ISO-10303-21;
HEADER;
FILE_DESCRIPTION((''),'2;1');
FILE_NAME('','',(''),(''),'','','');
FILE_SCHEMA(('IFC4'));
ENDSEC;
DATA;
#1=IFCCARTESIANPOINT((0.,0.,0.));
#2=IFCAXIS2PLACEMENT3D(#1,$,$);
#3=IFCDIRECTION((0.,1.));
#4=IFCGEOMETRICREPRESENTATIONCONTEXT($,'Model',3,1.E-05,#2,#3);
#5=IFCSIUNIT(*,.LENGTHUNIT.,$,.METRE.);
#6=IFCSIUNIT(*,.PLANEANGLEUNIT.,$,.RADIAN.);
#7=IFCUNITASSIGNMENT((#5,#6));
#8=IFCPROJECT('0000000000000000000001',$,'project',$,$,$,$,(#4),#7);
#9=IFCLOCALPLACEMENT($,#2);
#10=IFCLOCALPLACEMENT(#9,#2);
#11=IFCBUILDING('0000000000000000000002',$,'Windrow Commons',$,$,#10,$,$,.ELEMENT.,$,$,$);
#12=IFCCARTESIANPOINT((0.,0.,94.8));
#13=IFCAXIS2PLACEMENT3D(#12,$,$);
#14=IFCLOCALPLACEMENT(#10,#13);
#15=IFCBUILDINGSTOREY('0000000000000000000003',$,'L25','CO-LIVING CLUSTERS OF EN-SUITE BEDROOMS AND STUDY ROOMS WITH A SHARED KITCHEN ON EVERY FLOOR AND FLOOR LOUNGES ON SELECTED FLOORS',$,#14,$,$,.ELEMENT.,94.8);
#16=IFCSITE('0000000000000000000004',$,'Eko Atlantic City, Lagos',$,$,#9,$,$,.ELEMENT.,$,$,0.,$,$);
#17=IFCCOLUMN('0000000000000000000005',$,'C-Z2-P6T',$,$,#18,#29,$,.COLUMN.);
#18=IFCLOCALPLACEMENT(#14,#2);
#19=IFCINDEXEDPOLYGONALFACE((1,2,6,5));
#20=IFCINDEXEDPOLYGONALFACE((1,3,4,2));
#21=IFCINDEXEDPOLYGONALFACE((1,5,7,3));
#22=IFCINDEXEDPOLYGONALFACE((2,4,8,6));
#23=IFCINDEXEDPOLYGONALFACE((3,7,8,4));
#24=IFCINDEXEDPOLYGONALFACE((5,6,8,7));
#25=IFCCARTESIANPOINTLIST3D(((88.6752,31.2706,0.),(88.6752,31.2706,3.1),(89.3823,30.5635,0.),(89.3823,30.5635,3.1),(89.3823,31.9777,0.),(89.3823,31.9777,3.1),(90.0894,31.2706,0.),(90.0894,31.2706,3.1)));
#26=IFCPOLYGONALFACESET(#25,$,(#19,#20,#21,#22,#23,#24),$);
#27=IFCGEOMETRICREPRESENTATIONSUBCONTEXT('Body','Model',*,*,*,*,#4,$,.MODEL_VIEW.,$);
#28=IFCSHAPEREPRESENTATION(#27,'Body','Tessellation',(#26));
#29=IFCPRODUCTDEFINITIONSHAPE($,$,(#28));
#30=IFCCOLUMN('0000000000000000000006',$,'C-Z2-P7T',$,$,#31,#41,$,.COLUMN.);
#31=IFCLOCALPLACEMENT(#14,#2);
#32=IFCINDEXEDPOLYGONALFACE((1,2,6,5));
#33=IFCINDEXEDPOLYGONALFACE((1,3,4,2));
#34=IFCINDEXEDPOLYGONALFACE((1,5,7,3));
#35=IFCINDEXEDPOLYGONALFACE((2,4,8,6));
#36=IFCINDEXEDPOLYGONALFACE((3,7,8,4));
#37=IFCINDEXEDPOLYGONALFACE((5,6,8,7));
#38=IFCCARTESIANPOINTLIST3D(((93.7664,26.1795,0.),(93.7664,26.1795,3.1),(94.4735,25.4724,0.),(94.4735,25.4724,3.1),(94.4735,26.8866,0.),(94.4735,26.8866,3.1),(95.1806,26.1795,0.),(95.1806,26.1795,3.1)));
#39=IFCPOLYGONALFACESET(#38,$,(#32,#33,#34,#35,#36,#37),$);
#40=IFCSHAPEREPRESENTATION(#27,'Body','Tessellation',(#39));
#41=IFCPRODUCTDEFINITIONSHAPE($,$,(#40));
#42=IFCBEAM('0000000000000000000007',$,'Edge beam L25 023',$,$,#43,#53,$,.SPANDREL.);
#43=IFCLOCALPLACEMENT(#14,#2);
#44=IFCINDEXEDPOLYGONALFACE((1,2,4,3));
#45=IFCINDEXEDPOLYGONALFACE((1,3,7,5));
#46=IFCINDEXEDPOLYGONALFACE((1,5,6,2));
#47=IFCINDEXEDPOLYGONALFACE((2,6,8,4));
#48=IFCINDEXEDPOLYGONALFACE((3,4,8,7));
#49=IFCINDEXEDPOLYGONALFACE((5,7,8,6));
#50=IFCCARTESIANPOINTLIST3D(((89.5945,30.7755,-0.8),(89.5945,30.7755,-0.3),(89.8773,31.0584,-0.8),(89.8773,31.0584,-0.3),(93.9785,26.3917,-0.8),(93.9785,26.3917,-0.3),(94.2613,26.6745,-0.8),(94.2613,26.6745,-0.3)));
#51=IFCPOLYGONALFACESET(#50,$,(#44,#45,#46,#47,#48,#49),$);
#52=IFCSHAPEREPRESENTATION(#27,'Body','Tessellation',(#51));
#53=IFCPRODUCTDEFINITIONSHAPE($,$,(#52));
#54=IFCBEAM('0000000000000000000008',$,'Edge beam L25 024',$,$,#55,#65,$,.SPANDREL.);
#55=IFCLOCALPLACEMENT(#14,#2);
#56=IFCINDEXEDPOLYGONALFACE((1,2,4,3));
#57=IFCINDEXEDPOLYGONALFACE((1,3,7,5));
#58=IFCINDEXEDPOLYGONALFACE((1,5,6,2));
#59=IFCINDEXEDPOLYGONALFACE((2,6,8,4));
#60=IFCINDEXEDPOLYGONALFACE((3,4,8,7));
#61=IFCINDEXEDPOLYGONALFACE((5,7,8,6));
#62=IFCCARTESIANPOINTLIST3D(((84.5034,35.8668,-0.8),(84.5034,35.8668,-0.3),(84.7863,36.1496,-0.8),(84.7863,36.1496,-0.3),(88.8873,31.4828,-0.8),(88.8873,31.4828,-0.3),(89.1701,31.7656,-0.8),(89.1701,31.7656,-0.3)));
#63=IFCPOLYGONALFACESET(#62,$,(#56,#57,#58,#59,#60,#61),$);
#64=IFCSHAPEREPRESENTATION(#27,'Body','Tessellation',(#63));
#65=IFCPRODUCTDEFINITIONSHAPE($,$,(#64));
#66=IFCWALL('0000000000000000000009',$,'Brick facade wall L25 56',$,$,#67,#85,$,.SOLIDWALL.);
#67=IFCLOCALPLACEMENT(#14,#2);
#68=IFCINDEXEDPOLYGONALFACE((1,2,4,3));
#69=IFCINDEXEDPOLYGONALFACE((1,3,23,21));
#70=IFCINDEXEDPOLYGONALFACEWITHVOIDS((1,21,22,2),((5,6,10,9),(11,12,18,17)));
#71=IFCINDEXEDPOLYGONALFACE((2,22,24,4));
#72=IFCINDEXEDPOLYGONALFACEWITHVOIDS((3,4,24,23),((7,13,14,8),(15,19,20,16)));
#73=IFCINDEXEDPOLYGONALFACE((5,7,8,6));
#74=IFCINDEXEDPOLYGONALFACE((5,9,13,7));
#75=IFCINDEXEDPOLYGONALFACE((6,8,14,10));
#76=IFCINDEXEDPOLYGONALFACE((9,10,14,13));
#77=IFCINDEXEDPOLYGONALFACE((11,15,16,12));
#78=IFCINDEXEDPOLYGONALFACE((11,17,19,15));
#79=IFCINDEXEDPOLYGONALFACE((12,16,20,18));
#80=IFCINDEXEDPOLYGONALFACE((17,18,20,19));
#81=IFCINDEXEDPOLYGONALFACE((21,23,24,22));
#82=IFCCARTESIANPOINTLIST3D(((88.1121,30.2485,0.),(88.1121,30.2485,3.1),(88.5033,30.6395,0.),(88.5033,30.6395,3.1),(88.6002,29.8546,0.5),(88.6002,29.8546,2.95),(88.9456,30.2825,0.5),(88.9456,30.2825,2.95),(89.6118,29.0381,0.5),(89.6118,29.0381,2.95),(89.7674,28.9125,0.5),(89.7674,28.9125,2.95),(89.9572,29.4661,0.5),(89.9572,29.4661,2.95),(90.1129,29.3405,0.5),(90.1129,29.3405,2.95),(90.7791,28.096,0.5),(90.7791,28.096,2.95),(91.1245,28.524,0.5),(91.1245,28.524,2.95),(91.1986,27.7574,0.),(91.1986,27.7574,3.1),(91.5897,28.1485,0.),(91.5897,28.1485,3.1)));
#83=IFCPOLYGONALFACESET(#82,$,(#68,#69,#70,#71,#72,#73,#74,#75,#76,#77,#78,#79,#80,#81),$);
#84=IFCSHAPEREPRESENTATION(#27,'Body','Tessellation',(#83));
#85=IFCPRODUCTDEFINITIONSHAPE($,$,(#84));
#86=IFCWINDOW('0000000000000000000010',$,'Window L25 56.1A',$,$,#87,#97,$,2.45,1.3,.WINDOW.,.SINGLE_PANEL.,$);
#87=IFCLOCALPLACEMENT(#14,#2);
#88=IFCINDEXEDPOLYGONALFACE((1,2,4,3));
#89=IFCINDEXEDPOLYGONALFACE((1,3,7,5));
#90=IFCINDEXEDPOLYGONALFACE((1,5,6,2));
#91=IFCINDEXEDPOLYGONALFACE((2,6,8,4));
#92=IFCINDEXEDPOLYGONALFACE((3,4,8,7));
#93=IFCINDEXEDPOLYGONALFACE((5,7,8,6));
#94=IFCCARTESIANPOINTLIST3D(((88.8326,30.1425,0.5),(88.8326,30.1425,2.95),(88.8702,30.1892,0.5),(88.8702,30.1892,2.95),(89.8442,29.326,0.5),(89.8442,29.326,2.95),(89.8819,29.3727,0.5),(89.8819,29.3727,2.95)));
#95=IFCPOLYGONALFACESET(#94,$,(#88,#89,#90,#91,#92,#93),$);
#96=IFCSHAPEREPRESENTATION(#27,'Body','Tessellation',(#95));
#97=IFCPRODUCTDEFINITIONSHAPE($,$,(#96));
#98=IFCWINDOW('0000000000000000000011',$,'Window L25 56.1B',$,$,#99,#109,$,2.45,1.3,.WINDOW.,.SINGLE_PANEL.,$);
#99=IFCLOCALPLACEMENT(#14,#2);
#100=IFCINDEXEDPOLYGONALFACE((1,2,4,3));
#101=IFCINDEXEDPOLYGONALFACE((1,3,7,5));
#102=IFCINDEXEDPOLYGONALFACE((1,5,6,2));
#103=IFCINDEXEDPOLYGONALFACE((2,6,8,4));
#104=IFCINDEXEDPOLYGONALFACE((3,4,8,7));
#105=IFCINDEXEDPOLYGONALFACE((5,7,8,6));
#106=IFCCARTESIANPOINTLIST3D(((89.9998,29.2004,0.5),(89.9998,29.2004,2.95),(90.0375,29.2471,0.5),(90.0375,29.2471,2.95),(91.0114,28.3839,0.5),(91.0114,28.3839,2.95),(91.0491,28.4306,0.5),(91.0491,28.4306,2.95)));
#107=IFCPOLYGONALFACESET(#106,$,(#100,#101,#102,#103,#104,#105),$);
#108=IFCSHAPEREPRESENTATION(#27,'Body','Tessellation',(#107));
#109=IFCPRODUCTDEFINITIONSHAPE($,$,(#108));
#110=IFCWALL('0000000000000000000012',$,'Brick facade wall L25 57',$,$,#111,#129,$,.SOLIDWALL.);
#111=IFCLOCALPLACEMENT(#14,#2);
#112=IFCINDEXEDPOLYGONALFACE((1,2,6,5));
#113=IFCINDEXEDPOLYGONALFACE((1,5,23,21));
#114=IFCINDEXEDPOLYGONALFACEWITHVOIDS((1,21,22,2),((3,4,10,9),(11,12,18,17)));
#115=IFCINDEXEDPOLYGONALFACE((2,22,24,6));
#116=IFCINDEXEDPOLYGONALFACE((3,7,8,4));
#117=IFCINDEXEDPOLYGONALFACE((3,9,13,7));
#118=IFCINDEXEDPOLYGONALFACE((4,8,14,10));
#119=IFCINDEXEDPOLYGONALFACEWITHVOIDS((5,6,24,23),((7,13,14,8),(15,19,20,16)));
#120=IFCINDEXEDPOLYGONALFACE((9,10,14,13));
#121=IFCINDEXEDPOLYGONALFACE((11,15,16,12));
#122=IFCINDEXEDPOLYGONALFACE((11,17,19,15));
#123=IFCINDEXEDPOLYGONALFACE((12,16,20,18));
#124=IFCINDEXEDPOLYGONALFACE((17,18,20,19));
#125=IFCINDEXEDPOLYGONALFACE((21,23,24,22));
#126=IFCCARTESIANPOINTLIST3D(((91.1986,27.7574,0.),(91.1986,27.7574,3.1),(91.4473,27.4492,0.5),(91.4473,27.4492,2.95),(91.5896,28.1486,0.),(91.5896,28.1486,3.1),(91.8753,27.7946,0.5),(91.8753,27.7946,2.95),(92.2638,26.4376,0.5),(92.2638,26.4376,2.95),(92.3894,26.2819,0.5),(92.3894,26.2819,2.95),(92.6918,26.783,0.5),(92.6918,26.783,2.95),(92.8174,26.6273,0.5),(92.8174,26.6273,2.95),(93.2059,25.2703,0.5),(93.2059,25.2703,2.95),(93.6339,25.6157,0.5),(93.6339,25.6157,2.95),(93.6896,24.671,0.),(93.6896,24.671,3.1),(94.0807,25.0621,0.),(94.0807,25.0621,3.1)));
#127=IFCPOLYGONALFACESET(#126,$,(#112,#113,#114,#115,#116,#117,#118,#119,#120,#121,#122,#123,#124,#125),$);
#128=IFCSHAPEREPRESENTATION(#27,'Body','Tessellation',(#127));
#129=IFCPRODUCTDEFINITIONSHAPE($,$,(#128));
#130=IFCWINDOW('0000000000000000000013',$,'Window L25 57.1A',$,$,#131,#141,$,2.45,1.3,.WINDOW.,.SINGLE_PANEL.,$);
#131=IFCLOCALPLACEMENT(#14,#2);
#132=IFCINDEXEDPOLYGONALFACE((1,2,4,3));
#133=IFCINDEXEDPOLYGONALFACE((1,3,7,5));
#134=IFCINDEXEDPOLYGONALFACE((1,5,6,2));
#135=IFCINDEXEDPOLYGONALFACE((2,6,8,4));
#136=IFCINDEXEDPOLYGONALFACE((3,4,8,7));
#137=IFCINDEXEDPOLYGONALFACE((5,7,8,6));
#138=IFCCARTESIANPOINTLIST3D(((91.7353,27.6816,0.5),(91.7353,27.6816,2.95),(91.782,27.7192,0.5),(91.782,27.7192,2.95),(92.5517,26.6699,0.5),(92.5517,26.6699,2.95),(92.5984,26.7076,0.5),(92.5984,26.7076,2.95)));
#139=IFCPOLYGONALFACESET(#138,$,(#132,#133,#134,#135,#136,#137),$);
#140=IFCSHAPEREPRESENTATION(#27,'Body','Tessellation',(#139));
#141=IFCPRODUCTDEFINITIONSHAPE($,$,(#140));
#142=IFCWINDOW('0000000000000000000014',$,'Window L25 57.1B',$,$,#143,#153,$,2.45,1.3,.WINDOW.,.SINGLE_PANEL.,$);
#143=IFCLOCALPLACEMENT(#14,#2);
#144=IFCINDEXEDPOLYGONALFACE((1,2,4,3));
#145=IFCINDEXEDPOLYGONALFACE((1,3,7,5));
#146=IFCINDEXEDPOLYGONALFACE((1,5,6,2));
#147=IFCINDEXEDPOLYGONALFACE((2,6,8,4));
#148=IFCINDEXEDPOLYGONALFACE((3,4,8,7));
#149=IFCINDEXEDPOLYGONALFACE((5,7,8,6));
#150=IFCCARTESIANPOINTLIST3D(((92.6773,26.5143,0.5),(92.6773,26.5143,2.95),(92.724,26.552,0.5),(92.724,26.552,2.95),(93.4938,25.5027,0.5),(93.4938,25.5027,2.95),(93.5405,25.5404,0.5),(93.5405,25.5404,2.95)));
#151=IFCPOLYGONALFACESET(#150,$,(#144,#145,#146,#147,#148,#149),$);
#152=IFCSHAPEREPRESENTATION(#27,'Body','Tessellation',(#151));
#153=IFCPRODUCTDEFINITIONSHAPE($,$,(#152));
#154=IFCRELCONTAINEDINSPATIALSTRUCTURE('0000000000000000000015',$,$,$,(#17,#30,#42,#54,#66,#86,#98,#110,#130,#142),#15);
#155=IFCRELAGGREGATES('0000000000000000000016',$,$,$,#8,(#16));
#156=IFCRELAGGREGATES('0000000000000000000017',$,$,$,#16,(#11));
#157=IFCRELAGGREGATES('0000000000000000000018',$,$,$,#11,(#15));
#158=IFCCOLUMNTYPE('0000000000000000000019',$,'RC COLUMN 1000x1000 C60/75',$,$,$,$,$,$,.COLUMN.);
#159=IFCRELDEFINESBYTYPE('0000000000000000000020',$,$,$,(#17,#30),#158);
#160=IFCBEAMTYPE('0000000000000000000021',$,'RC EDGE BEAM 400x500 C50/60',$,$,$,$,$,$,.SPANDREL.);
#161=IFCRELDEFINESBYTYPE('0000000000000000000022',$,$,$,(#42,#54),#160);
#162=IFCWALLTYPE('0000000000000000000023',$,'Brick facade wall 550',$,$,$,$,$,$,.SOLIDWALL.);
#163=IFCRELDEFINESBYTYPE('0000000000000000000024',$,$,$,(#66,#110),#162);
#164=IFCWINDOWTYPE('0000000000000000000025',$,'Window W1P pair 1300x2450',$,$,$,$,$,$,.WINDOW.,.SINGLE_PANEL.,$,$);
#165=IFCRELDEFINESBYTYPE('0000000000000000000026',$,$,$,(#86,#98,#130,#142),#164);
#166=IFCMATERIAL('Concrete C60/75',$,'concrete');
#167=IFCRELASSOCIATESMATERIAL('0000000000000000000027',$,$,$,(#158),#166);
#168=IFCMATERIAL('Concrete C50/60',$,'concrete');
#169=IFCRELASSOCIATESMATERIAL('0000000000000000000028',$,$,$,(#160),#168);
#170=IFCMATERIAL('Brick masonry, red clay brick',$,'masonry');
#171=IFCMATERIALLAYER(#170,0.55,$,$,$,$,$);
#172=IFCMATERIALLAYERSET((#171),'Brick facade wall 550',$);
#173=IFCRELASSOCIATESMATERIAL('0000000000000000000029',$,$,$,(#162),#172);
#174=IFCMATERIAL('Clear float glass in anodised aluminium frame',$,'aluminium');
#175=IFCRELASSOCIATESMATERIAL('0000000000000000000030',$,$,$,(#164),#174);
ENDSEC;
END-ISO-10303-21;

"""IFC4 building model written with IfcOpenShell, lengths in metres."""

from ifc_helpers import new_model, si_unit, direction, frame, frame_2d, origin, origin_2d, place, context, subcontext, project, spatial, polyline, rectangle, outline, extrude, material, layer, layer_set, material_profile, profile_set, type_object, element, fill, save


model = new_model("IFC4")

# Units and contexts
model_context = context("Model", 3, precision=1e-05, world=origin(), true_north=direction((0.0, 1.0)))
body_context = subcontext(model_context, "Body", "Model", "MODEL_VIEW")
ifc_project = project(units=[si_unit("LENGTHUNIT", "METRE"), si_unit("PLANEANGLEUNIT", "RADIAN")], contexts=[model_context])

# Site, building, storey
site_placement = place(None, origin())
site = spatial("IfcSite", under=ifc_project, at=site_placement, Name="Eko Atlantic City, Lagos", CompositionType="ELEMENT", RefElevation=0.0)
building_placement = place(site_placement, origin())
building = spatial("IfcBuilding", under=site, at=building_placement, Name="Windrow Commons", CompositionType="ELEMENT")
storey_placement = place(building_placement, frame((0.0, 0.0, 94.8)))
storey = spatial("IfcBuildingStorey", under=building, at=storey_placement, Name="L25", Description="CO-LIVING CLUSTERS OF EN-SUITE BEDROOMS AND STUDY ROOMS WITH A SHARED KITCHEN ON EVERY FLOOR AND FLOOR LOUNGES ON SELECTED FLOORS", CompositionType="ELEMENT", Elevation=94.8)

# Columns
ifc_material_1 = material(Name="Concrete C60/75", Category="concrete")
ifc_material_profile_1 = material_profile(ifc_material_1, rectangle(XDim=1.0, YDim=1.0, at=origin_2d()))
ifc_profile_set_1 = profile_set([ifc_material_profile_1], Name="Concrete C60/75")
column_type = type_object("IfcColumnType", Name="RC COLUMN 1000x1000 C60/75", PredefinedType="COLUMN", material=ifc_profile_set_1)
for number, where, z_axis, x_axis, name in (
    (1, (89.3823, 31.2706, 0.0), (0.0, 0.0, 1.0), (0.707107, -0.707107, 0.0), "C-Z2-P6T"),
    (2, (94.4735, 26.1795, 0.0), (0.0, 0.0, 1.0), (0.707107, -0.707107, 0.0), "C-Z2-P7T"),
):
    element("IfcColumn", number, at=place(storey_placement, frame(where, z_axis=z_axis, x_axis=x_axis)), inside=storey, type_object=column_type, Name=name, PredefinedType="COLUMN", context=body_context, shape_type="SweptSolid", body=[
        extrude(rectangle(XDim=1.0, YDim=1.0, at=origin_2d()), origin(), (0.0, 0.0, 1.0), 3.1),
    ])

# Beams
ifc_material_2 = material(Name="Concrete C50/60", Category="concrete")
ifc_material_profile_2 = material_profile(ifc_material_2, rectangle(XDim=0.4, YDim=0.5, at=origin_2d()))
ifc_profile_set_2 = profile_set([ifc_material_profile_2], Name="Concrete C50/60")
beam_type = type_object("IfcBeamType", Name="RC EDGE BEAM 400x500 C50/60", PredefinedType="SPANDREL", material=ifc_profile_set_2)
for number, where, z_axis, x_axis, name in (
    (3, (94.1199, 26.5331, -0.55), (-0.707115, 0.707099, 0.0), (-0.707099, -0.707115, 0.0), "Edge beam L25 023"),
    (4, (89.0287, 31.6242, -0.55), (-0.707099, 0.707115, 0.0), (-0.707115, -0.707099, 0.0), "Edge beam L25 024"),
):
    element("IfcBeam", number, at=place(storey_placement, frame(where, z_axis=z_axis, x_axis=x_axis)), inside=storey, type_object=beam_type, Name=name, PredefinedType="SPANDREL", context=body_context, shape_type="SweptSolid", body=[
        extrude(rectangle(XDim=0.4, YDim=0.5, at=origin_2d()), origin(), (0.0, 0.0, 1.0), 6.1998),
    ])

# Walls, openings, windows
ifc_material_3 = material(Name="Brick masonry, red clay brick", Category="masonry")
ifc_layer_1 = layer(ifc_material_3, 0.55)
ifc_layer_set_1 = layer_set([ifc_layer_1], Name="Brick facade wall 550")
wall_type_1 = type_object("IfcWallType", Name="Brick facade wall 550", PredefinedType="SOLIDWALL", material=ifc_layer_set_1)
wall_1_placement = place(storey_placement, frame((88.3077, 30.444, 0.0), z_axis=(0.0, 0.0, 1.0), x_axis=(0.778171, -0.628053, 0.0)))
wall_1 = element("IfcWall", 5, at=wall_1_placement, inside=storey, type_object=wall_type_1, Name="Brick facade wall L25 56", PredefinedType="SOLIDWALL", context=body_context, shape_type="SweptSolid", body=[
    extrude(outline(polyline([(-0.0294, -0.275), (3.9369, -0.275), (3.9956, 0.275), (0.0294, 0.275), (-0.0294, -0.275)])), origin(), (0.0, 0.0, 1.0), 3.1),
])
opening_1_placement = place(wall_1_placement, frame((0.5978, 0.0, 0.5)))
opening_1 = element("IfcOpeningElement", 6, at=opening_1_placement, cuts=wall_1, PredefinedType="OPENING", context=body_context, shape_type="SweptSolid", body=[
    extrude(rectangle(XDim=1.3, YDim=2.45, at=frame_2d((0.65, 1.225))), frame((0.0, 0.285, 0.0), z_axis=(0.0, -1.0, 0.0), x_axis=(1.0, 0.0, 0.0)), (0.0, 0.0, 1.0), 0.57),
])
opening_2_placement = place(wall_1_placement, frame((2.0978, 0.0, 0.5)))
opening_2 = element("IfcOpeningElement", 7, at=opening_2_placement, cuts=wall_1, PredefinedType="OPENING", context=body_context, shape_type="SweptSolid", body=[
    extrude(rectangle(XDim=1.3, YDim=2.45, at=frame_2d((0.65, 1.225))), frame((0.0, 0.285, 0.0), z_axis=(0.0, -1.0, 0.0), x_axis=(1.0, 0.0, 0.0)), (0.0, 0.0, 1.0), 0.57),
])
ifc_material_4 = material(Name="Clear float glass in anodised aluminium frame", Category="aluminium")
window_type_1 = type_object("IfcWindowType", Name="Window W1P pair 1300x2450", PartitioningType="SINGLE_PANEL", PredefinedType="WINDOW", material=ifc_material_4)
window_1_placement = place(opening_1_placement, origin())
window_1 = element("IfcWindow", 8, at=window_1_placement, inside=storey, type_object=window_type_1, Name="Window L25 56.1A", OverallHeight=2.45, OverallWidth=1.3, PartitioningType="SINGLE_PANEL", PredefinedType="WINDOW", context=body_context, shape_type="SweptSolid", body=[
    extrude(rectangle(XDim=1.3, YDim=2.45, at=frame_2d((0.65, 1.225))), frame((0.0, 0.155, 0.0), z_axis=(0.0, -1.0, 0.0), x_axis=(1.0, 0.0, 0.0)), (0.0, 0.0, 1.0), 0.06),
])
fill(opening_1, window_1)
window_2_placement = place(opening_2_placement, origin())
window_2 = element("IfcWindow", 9, at=window_2_placement, inside=storey, type_object=window_type_1, Name="Window L25 56.1B", OverallHeight=2.45, OverallWidth=1.3, PartitioningType="SINGLE_PANEL", PredefinedType="WINDOW", context=body_context, shape_type="SweptSolid", body=[
    extrude(rectangle(XDim=1.3, YDim=2.45, at=frame_2d((0.65, 1.225))), frame((0.0, 0.155, 0.0), z_axis=(0.0, -1.0, 0.0), x_axis=(1.0, 0.0, 0.0)), (0.0, 0.0, 1.0), 0.06),
])
fill(opening_2, window_2)
wall_2_placement = place(storey_placement, frame((91.3941, 27.953, 0.0), z_axis=(0.0, 0.0, 1.0), x_axis=(0.628053, -0.778171, 0.0)))
wall_2 = element("IfcWall", 10, at=wall_2_placement, inside=storey, type_object=wall_type_1, Name="Brick facade wall L25 57", PredefinedType="SOLIDWALL", context=body_context, shape_type="SweptSolid", body=[
    extrude(outline(polyline([(0.0294, -0.275), (3.9956, -0.275), (3.9369, 0.275), (-0.0294, 0.275), (0.0294, -0.275)])), origin(), (0.0, 0.0, 1.0), 3.1),
])
opening_3_placement = place(wall_2_placement, frame((0.4255, 0.0, 0.5)))
opening_3 = element("IfcOpeningElement", 11, at=opening_3_placement, cuts=wall_2, PredefinedType="OPENING", context=body_context, shape_type="SweptSolid", body=[
    extrude(rectangle(XDim=1.3, YDim=2.45, at=frame_2d((0.65, 1.225))), frame((0.0, 0.285, 0.0), z_axis=(0.0, -1.0, 0.0), x_axis=(1.0, 0.0, 0.0)), (0.0, 0.0, 1.0), 0.57),
])
opening_4_placement = place(wall_2_placement, frame((1.9255, 0.0, 0.5)))
opening_4 = element("IfcOpeningElement", 12, at=opening_4_placement, cuts=wall_2, PredefinedType="OPENING", context=body_context, shape_type="SweptSolid", body=[
    extrude(rectangle(XDim=1.3, YDim=2.45, at=frame_2d((0.65, 1.225))), frame((0.0, 0.285, 0.0), z_axis=(0.0, -1.0, 0.0), x_axis=(1.0, 0.0, 0.0)), (0.0, 0.0, 1.0), 0.57),
])
window_3_placement = place(opening_3_placement, origin())
window_3 = element("IfcWindow", 13, at=window_3_placement, inside=storey, type_object=window_type_1, Name="Window L25 57.1A", OverallHeight=2.45, OverallWidth=1.3, PartitioningType="SINGLE_PANEL", PredefinedType="WINDOW", context=body_context, shape_type="SweptSolid", body=[
    extrude(rectangle(XDim=1.3, YDim=2.45, at=frame_2d((0.65, 1.225))), frame((0.0, 0.155, 0.0), z_axis=(0.0, -1.0, 0.0), x_axis=(1.0, 0.0, 0.0)), (0.0, 0.0, 1.0), 0.06),
])
fill(opening_3, window_3)
window_4_placement = place(opening_4_placement, origin())
window_4 = element("IfcWindow", 14, at=window_4_placement, inside=storey, type_object=window_type_1, Name="Window L25 57.1B", OverallHeight=2.45, OverallWidth=1.3, PartitioningType="SINGLE_PANEL", PredefinedType="WINDOW", context=body_context, shape_type="SweptSolid", body=[
    extrude(rectangle(XDim=1.3, YDim=2.45, at=frame_2d((0.65, 1.225))), frame((0.0, 0.155, 0.0), z_axis=(0.0, -1.0, 0.0), x_axis=(1.0, 0.0, 0.0)), (0.0, 0.0, 1.0), 0.06),
])
fill(opening_4, window_4)

save(model, "model.ifc")
